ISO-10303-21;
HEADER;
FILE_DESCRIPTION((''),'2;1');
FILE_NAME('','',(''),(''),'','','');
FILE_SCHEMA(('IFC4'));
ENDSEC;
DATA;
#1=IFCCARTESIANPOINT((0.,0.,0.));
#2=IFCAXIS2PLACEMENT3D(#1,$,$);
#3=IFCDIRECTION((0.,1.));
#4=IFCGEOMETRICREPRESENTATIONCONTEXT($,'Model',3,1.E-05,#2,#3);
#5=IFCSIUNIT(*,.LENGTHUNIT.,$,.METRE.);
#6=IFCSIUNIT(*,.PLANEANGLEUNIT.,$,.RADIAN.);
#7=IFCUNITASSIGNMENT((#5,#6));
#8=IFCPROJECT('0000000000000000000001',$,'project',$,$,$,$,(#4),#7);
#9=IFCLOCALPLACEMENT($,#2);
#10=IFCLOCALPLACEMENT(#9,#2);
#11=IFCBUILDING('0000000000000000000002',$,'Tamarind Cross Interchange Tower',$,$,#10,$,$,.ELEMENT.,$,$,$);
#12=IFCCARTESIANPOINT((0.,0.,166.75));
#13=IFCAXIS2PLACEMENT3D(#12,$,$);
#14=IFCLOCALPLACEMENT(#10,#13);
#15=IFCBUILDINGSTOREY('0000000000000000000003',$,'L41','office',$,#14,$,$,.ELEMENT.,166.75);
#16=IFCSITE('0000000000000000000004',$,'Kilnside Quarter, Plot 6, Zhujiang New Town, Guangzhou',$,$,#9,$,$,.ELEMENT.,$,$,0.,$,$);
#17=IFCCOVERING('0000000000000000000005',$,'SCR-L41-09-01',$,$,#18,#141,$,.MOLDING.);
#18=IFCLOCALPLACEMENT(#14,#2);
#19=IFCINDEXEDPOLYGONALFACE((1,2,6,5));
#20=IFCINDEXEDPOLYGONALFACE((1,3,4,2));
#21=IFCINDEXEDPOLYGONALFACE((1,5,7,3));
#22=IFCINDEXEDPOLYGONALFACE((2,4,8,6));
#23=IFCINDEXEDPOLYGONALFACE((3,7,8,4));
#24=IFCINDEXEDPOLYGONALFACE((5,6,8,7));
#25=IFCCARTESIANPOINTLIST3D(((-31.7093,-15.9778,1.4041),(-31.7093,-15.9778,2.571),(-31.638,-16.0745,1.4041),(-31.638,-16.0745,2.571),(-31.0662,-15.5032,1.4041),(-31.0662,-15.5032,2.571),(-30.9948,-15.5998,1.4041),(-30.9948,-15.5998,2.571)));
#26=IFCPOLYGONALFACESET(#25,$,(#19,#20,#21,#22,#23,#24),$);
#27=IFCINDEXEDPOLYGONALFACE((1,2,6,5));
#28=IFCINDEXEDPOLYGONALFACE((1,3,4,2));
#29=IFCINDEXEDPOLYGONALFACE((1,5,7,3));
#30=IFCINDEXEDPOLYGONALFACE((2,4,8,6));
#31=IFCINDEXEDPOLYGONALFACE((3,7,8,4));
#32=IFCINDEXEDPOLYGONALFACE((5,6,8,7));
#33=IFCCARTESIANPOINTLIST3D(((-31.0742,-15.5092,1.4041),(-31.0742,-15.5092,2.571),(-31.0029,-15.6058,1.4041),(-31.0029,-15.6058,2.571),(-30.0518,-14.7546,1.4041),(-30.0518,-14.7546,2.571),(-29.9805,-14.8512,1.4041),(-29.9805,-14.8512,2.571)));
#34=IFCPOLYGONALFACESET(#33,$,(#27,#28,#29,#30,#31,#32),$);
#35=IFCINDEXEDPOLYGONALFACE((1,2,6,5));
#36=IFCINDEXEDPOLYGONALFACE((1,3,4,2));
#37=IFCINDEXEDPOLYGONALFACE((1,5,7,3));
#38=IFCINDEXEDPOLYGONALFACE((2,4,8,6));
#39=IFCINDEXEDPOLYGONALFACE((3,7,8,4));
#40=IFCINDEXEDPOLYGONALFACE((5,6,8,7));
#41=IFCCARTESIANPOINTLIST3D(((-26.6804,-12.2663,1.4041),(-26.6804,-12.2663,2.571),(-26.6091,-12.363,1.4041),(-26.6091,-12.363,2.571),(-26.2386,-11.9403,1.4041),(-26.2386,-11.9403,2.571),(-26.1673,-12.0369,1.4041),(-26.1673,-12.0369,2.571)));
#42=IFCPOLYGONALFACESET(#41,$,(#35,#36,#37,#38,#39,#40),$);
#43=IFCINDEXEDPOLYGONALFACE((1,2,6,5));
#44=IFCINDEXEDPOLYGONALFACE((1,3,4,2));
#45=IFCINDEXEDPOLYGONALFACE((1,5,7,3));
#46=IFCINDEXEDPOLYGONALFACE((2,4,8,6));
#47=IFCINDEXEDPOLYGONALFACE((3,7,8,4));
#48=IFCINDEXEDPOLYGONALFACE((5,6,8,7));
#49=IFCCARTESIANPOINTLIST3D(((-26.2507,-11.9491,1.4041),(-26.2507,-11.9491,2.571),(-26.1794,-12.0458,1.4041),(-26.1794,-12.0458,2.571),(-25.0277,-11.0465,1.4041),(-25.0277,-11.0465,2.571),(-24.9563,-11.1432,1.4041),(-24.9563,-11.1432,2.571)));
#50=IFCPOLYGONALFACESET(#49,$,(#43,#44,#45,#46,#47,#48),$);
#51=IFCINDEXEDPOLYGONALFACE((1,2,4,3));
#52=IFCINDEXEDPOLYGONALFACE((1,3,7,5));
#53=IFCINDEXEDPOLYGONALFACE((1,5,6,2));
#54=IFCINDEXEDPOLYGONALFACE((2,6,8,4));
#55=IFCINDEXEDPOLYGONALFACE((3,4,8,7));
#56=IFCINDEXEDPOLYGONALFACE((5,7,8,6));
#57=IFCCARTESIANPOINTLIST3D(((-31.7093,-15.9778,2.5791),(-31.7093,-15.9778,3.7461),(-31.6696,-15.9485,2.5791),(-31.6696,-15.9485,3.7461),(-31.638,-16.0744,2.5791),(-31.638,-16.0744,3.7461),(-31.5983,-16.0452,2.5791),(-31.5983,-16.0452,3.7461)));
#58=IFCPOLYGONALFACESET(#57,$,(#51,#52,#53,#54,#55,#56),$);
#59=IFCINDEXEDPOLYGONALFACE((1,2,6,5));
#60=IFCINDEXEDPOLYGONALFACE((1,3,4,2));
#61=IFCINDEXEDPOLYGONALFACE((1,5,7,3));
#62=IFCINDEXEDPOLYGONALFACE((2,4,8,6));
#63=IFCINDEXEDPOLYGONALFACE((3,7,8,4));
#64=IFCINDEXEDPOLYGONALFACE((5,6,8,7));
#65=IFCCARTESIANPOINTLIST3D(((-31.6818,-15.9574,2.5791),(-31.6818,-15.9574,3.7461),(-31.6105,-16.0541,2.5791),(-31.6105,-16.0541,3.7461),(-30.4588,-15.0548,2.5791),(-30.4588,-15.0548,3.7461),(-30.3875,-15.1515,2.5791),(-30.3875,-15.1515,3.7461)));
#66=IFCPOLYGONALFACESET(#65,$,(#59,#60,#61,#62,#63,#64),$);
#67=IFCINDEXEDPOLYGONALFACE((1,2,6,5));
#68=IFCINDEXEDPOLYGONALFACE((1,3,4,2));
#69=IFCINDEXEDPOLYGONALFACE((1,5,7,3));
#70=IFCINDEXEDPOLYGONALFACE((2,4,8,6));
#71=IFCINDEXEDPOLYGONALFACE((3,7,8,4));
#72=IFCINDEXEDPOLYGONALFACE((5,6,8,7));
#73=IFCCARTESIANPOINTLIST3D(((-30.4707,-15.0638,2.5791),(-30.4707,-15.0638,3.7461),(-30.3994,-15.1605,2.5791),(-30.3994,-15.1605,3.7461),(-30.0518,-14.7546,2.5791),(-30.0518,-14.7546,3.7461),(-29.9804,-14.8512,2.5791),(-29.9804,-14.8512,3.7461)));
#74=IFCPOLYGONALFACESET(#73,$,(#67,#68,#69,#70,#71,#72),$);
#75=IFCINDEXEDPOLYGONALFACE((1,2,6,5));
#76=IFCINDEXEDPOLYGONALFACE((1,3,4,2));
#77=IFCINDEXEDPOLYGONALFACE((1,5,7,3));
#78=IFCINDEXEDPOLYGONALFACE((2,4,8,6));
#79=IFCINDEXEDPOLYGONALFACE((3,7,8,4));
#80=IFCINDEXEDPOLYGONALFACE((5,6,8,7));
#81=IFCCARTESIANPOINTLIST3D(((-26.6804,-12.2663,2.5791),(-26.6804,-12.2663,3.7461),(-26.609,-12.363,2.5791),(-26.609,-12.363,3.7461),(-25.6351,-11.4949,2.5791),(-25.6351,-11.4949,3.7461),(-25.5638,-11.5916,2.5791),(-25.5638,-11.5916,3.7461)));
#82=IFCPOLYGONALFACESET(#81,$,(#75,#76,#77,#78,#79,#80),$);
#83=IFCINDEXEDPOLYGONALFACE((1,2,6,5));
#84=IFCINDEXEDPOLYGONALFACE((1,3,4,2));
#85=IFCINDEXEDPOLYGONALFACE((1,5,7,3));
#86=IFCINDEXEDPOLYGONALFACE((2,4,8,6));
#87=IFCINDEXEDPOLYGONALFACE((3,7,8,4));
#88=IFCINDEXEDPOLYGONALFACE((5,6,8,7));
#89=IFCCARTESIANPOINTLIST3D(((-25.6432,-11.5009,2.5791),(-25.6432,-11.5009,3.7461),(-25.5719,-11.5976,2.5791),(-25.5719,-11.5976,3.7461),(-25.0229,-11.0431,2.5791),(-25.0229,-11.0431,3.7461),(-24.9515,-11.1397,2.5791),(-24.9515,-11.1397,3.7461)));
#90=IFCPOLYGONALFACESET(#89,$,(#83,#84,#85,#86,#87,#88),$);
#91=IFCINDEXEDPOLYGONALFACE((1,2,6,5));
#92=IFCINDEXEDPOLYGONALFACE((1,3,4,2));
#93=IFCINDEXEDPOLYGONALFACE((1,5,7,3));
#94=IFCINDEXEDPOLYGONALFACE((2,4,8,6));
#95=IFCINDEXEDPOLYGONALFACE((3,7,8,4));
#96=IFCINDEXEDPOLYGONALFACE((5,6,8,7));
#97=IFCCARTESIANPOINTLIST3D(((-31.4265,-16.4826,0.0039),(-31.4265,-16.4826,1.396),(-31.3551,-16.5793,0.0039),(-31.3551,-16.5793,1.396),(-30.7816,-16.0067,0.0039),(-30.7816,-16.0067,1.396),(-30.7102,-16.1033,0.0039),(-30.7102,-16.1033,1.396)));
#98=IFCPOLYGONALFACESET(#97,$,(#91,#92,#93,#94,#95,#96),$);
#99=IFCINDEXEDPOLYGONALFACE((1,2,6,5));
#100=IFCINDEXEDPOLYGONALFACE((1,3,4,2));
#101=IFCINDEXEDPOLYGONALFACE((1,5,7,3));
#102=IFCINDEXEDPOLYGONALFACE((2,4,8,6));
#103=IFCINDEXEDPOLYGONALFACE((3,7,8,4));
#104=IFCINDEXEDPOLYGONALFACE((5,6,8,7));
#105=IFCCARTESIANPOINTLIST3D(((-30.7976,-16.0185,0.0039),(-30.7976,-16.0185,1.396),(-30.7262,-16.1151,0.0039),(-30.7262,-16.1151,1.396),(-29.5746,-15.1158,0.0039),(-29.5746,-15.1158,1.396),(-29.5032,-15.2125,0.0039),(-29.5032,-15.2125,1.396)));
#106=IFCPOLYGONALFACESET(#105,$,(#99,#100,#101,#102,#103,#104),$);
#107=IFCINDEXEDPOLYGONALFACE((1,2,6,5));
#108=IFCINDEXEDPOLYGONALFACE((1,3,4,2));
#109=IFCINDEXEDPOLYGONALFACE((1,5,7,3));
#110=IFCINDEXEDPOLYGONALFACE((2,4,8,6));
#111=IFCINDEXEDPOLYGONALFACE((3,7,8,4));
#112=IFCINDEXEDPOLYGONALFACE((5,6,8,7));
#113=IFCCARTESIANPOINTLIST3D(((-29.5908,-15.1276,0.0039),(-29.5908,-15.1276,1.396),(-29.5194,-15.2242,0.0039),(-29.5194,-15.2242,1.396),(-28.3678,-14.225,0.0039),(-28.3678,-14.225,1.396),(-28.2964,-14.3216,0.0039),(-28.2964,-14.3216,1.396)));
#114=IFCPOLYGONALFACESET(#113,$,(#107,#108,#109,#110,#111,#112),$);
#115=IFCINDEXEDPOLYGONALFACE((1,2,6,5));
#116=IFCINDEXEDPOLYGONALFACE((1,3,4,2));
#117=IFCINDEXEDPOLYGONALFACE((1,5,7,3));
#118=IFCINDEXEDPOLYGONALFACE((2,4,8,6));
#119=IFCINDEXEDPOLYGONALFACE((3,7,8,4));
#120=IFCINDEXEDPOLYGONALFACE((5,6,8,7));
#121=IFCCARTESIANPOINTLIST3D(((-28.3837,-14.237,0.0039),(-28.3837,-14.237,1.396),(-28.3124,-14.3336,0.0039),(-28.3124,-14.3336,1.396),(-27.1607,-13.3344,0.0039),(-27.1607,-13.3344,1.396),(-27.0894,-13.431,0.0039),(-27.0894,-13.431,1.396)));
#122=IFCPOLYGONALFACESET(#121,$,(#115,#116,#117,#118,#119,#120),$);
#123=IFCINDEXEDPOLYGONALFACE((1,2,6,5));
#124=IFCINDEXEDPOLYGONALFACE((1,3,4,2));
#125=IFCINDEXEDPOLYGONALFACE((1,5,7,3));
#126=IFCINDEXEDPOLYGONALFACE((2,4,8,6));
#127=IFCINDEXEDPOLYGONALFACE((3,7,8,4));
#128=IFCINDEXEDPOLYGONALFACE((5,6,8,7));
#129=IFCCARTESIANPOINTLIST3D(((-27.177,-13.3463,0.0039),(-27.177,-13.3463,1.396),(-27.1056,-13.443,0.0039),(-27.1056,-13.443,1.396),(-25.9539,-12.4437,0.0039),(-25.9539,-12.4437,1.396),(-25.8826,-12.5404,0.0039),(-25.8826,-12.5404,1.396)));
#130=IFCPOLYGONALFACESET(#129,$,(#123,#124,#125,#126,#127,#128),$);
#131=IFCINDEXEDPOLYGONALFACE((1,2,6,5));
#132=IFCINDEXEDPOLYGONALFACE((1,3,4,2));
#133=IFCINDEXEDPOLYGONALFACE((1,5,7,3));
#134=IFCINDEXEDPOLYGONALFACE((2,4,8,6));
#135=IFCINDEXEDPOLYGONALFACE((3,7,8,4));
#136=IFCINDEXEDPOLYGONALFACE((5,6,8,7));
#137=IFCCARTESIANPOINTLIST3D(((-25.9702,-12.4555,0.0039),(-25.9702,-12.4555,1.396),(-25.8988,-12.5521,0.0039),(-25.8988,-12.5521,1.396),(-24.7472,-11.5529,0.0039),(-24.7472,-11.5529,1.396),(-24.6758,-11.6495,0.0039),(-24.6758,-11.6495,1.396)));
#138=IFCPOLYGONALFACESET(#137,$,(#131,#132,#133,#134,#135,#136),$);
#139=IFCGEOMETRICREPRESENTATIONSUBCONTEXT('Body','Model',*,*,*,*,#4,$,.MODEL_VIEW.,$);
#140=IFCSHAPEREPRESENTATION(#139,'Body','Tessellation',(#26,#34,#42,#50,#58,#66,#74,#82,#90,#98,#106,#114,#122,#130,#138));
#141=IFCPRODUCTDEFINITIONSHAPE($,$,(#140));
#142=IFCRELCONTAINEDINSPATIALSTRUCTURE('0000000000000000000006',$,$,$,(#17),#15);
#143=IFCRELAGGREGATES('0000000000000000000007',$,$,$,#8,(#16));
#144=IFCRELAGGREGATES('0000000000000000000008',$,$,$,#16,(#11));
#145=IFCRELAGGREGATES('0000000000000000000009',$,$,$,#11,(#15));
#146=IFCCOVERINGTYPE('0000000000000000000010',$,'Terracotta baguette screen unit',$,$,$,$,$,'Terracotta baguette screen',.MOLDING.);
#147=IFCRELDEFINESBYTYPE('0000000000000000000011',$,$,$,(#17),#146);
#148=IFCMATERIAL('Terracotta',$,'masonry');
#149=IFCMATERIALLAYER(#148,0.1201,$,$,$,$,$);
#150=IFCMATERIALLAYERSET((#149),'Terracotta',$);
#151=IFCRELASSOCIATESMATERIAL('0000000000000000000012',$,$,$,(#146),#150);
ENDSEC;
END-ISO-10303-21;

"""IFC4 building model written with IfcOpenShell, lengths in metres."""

from ifc_helpers import new_model, si_unit, direction, frame, origin, origin_2d, place, context, subcontext, project, spatial, rectangle, extrude, material, layer, layer_set, type_object, element, save


model = new_model("IFC4")

# Units and contexts
model_context = context("Model", 3, precision=1e-05, world=origin(), true_north=direction((0.0, 1.0)))
body_context = subcontext(model_context, "Body", "Model", "MODEL_VIEW")
ifc_project = project(units=[si_unit("LENGTHUNIT", "METRE"), si_unit("PLANEANGLEUNIT", "RADIAN")], contexts=[model_context])

# Site, building, storey
site_placement = place(None, origin())
site = spatial("IfcSite", under=ifc_project, at=site_placement, Name="Kilnside Quarter, Plot 6, Zhujiang New Town, Guangzhou", CompositionType="ELEMENT", RefElevation=0.0)
building_placement = place(site_placement, origin())
building = spatial("IfcBuilding", under=site, at=building_placement, Name="Tamarind Cross Interchange Tower", CompositionType="ELEMENT")
storey_placement = place(building_placement, frame((0.0, 0.0, 166.75)))
storey = spatial("IfcBuildingStorey", under=building, at=storey_placement, Name="L41", Description="office", CompositionType="ELEMENT", Elevation=166.75)

# Covering
ifc_material_1 = material(Name="Terracotta", Category="masonry")
ifc_layer_1 = layer(ifc_material_1, 0.1201)
ifc_layer_set_1 = layer_set([ifc_layer_1], Name="Terracotta")
covering_type = type_object("IfcCoveringType", Name="Terracotta baguette screen unit", ElementType="Terracotta baguette screen", PredefinedType="MOLDING", material=ifc_layer_set_1)
covering_1_placement = place(storey_placement, origin())
element("IfcCovering", 1, at=covering_1_placement, inside=storey, type_object=covering_type, Name="SCR-L41-09-01", PredefinedType="MOLDING", context=body_context, shape_type="SweptSolid", body=[
    extrude(rectangle(XDim=0.7993, YDim=0.1201, at=origin_2d()), frame((-31.3521, -15.7888, 1.4041), z_axis=(0.0, 0.0, 1.0), x_axis=(0.804598, 0.593819, 0.0)), (0.0, 0.0, 1.0), 1.167),
    extrude(rectangle(XDim=1.2708, YDim=0.1201, at=origin_2d()), frame((-30.5273, -15.1802, 1.4041), z_axis=(0.0, 0.0, 1.0), x_axis=(0.804598, 0.593819, 0.0)), (0.0, 0.0, 1.0), 1.167),
    extrude(rectangle(XDim=0.5491, YDim=0.1201, at=origin_2d()), frame((-26.4238, -12.1516, 1.4041), z_axis=(0.0, 0.0, 1.0), x_axis=(0.804598, 0.593819, 0.0)), (0.0, 0.0, 1.0), 1.167),
    extrude(rectangle(XDim=1.52, YDim=0.1201, at=origin_2d()), frame((-25.6035, -11.5461, 1.4041), z_axis=(0.0, 0.0, 1.0), x_axis=(0.804598, 0.593819, 0.0)), (0.0, 0.0, 1.0), 1.167),
    extrude(rectangle(XDim=0.0493, YDim=0.1201, at=origin_2d()), frame((-31.6538, -16.0115, 2.5791), z_axis=(0.0, 0.0, 1.0), x_axis=(0.804598, 0.593819, 0.0)), (0.0, 0.0, 1.0), 1.167),
    extrude(rectangle(XDim=1.52, YDim=0.1201, at=origin_2d()), frame((-31.0347, -15.5544, 2.5791), z_axis=(0.0, 0.0, 1.0), x_axis=(0.804598, 0.593819, 0.0)), (0.0, 0.0, 1.0), 1.167),
    extrude(rectangle(XDim=0.5208, YDim=0.1201, at=origin_2d()), frame((-30.2256, -14.9575, 2.5791), z_axis=(0.0, 0.0, 1.0), x_axis=(0.804598, 0.593819, 0.0)), (0.0, 0.0, 1.0), 1.167),
    extrude(rectangle(XDim=1.2991, YDim=0.1201, at=origin_2d()), frame((-26.1221, -11.929, 2.5791), z_axis=(0.0, 0.0, 1.0), x_axis=(0.804598, 0.593819, 0.0)), (0.0, 0.0, 1.0), 1.167),
    extrude(rectangle(XDim=0.771, YDim=0.1201, at=origin_2d()), frame((-25.2974, -11.3203, 2.5791), z_axis=(0.0, 0.0, 1.0), x_axis=(0.804598, 0.593819, 0.0)), (0.0, 0.0, 1.0), 1.167),
    extrude(rectangle(XDim=0.8015, YDim=0.1201, at=origin_2d()), frame((-31.0684, -16.293, 0.0039), z_axis=(0.0, 0.0, 1.0), x_axis=(0.804598, 0.593819, 0.0)), (0.0, 0.0, 1.0), 1.3921),
    extrude(rectangle(XDim=1.52, YDim=0.1201, at=origin_2d()), frame((-30.1504, -15.6155, 0.0039), z_axis=(0.0, 0.0, 1.0), x_axis=(0.804598, 0.593819, 0.0)), (0.0, 0.0, 1.0), 1.3921),
    extrude(rectangle(XDim=1.52, YDim=0.1201, at=origin_2d()), frame((-28.9436, -14.7246, 0.0039), z_axis=(0.0, 0.0, 1.0), x_axis=(0.804598, 0.593819, 0.0)), (0.0, 0.0, 1.0), 1.3921),
    extrude(rectangle(XDim=1.52, YDim=0.1201, at=origin_2d()), frame((-27.7366, -13.834, 0.0039), z_axis=(0.0, 0.0, 1.0), x_axis=(0.804598, 0.593819, 0.0)), (0.0, 0.0, 1.0), 1.3921),
    extrude(rectangle(XDim=1.52, YDim=0.1201, at=origin_2d()), frame((-26.5298, -12.9434, 0.0039), z_axis=(0.0, 0.0, 1.0), x_axis=(0.804598, 0.593819, 0.0)), (0.0, 0.0, 1.0), 1.3921),
    extrude(rectangle(XDim=1.52, YDim=0.1201, at=origin_2d()), frame((-25.323, -12.0525, 0.0039), z_axis=(0.0, 0.0, 1.0), x_axis=(0.804598, 0.593819, 0.0)), (0.0, 0.0, 1.0), 1.3921),
])

save(model, "model.ifc")
